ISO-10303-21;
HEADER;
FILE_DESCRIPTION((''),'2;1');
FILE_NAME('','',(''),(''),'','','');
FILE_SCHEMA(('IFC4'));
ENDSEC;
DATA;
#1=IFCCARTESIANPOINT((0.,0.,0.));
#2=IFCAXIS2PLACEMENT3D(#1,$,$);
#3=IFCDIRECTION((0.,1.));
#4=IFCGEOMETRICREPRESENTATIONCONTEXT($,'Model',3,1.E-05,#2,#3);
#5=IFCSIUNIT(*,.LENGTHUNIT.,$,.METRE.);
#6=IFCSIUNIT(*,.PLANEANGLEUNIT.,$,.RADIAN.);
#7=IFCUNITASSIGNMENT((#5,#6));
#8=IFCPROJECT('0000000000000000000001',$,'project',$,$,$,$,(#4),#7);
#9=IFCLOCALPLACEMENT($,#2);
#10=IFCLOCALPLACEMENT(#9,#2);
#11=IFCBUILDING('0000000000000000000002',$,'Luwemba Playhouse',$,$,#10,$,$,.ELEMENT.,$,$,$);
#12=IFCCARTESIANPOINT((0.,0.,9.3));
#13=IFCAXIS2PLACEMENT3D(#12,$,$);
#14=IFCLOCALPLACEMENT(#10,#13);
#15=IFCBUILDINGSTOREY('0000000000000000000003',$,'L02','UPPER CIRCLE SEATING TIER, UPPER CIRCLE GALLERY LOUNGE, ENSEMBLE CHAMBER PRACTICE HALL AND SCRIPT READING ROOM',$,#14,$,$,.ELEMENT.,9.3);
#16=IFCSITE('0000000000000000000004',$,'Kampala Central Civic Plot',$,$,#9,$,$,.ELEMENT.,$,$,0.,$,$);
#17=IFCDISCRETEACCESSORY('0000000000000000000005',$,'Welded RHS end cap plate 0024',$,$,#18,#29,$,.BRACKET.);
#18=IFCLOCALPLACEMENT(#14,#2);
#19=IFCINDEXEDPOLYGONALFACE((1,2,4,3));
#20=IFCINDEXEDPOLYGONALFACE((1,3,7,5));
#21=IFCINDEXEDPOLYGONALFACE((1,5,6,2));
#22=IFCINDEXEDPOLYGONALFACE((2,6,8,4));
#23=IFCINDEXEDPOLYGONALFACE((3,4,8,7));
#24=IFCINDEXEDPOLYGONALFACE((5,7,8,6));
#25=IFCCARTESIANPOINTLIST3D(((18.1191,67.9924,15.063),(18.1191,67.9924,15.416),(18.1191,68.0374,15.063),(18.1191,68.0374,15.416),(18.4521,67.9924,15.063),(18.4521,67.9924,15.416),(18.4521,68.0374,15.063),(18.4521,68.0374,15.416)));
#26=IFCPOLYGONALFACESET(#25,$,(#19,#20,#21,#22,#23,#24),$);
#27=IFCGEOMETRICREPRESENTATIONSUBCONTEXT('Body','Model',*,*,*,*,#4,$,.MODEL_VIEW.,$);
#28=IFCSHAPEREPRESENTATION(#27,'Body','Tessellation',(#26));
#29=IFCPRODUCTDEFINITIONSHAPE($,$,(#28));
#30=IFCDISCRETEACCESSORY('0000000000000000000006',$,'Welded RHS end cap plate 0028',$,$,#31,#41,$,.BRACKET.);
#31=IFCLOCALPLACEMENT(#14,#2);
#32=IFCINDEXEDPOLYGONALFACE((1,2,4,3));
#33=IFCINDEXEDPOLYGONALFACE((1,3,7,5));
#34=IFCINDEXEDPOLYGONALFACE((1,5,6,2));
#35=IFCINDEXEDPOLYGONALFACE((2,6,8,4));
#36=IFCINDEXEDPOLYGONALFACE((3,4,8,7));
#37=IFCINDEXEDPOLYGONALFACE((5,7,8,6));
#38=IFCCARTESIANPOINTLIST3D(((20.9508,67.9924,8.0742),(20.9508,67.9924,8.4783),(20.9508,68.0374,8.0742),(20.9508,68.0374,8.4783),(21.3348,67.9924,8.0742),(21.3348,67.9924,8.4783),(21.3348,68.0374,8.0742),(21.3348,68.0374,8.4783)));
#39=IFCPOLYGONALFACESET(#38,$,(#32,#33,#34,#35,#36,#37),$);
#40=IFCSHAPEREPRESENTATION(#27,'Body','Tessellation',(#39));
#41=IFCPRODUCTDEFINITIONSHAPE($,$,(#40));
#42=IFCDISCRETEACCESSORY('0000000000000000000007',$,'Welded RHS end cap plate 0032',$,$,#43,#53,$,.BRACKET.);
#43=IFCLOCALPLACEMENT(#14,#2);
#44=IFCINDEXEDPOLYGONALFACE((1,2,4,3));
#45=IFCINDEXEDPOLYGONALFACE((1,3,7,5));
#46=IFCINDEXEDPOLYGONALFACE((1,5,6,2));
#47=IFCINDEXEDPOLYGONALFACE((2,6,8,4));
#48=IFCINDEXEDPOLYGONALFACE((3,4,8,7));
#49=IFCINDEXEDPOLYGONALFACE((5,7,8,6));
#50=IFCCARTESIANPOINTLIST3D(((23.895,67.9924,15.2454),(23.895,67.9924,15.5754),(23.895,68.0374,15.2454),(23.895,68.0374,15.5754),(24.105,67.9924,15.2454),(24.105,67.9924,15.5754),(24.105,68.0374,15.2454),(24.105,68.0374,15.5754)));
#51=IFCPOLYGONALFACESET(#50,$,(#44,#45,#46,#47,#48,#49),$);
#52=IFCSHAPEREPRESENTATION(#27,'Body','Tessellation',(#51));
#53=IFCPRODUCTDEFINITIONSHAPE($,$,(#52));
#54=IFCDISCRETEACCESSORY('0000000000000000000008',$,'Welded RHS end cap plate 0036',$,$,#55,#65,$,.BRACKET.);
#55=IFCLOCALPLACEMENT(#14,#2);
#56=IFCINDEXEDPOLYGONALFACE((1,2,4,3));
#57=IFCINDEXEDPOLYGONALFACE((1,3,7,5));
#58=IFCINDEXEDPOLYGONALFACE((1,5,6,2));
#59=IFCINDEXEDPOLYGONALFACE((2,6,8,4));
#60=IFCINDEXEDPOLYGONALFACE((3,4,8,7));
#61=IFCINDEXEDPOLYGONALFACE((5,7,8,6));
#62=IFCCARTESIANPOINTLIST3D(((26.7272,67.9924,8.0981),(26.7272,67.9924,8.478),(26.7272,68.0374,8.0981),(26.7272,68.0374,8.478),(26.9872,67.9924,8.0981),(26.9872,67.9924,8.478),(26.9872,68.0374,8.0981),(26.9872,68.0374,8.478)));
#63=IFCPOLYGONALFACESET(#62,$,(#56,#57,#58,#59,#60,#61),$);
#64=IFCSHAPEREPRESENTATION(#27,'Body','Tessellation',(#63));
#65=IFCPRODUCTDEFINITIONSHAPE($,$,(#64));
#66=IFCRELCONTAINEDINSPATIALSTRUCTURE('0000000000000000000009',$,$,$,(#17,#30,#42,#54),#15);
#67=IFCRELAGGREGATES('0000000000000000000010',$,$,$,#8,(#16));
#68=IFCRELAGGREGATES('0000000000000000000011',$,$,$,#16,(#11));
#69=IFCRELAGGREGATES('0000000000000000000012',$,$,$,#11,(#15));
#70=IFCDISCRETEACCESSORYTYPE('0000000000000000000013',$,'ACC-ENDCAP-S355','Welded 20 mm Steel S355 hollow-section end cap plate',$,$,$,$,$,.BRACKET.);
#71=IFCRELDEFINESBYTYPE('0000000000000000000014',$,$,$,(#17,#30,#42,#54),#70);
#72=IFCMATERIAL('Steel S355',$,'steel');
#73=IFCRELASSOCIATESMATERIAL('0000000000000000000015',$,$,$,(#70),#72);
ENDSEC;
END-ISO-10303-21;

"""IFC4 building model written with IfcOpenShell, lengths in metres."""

from ifc_helpers import new_model, si_unit, direction, frame, origin, origin_2d, place, context, subcontext, project, spatial, rectangle, extrude, material, type_object, element, save


model = new_model("IFC4")

# Units and contexts
model_context = context("Model", 3, precision=1e-05, world=origin(), true_north=direction((0.0, 1.0)))
body_context = subcontext(model_context, "Body", "Model", "MODEL_VIEW")
ifc_project = project(units=[si_unit("LENGTHUNIT", "METRE"), si_unit("PLANEANGLEUNIT", "RADIAN")], contexts=[model_context])

# Site, building, storey
site_placement = place(None, origin())
site = spatial("IfcSite", under=ifc_project, at=site_placement, Name="Kampala Central Civic Plot", CompositionType="ELEMENT", RefElevation=0.0)
building_placement = place(site_placement, origin())
building = spatial("IfcBuilding", under=site, at=building_placement, Name="Luwemba Playhouse", CompositionType="ELEMENT")
storey_placement = place(building_placement, frame((0.0, 0.0, 9.3)))
storey = spatial("IfcBuildingStorey", under=building, at=storey_placement, Name="L02", Description="UPPER CIRCLE SEATING TIER, UPPER CIRCLE GALLERY LOUNGE, ENSEMBLE CHAMBER PRACTICE HALL AND SCRIPT READING ROOM", CompositionType="ELEMENT", Elevation=9.3)

# Shared definitions
ifc_material_1 = material(Name="Steel S355", Category="steel")

# Discrete accessories
discrete_accessory_type = type_object("IfcDiscreteAccessoryType", Name="ACC-ENDCAP-S355", Description="Welded 20 mm Steel S355 hollow-section end cap plate", PredefinedType="BRACKET", material=ifc_material_1)
discrete_accessory_1_placement = place(storey_placement, frame((18.2856, 68.0149, 15.063), z_axis=(0.0, 0.0, 1.0), x_axis=(1.0, 0.0, 0.0)))
element("IfcDiscreteAccessory", 1, at=discrete_accessory_1_placement, inside=storey, type_object=discrete_accessory_type, Name="Welded RHS end cap plate 0024", PredefinedType="BRACKET", context=body_context, shape_type="SweptSolid", body=[
    extrude(rectangle(XDim=0.333, YDim=0.0449, at=origin_2d()), origin(), (0.0, 0.0, 1.0), 0.353),
])
discrete_accessory_2_placement = place(storey_placement, frame((21.1428, 68.0149, 8.0742), z_axis=(0.0, 0.0, 1.0), x_axis=(1.0, 0.0, 0.0)))
element("IfcDiscreteAccessory", 2, at=discrete_accessory_2_placement, inside=storey, type_object=discrete_accessory_type, Name="Welded RHS end cap plate 0028", PredefinedType="BRACKET", context=body_context, shape_type="SweptSolid", body=[
    extrude(rectangle(XDim=0.384, YDim=0.0449, at=origin_2d()), origin(), (0.0, 0.0, 1.0), 0.4041),
])
discrete_accessory_3_placement = place(storey_placement, frame((24.0, 68.0149, 15.2454), z_axis=(0.0, 0.0, 1.0), x_axis=(1.0, 0.0, 0.0)))
element("IfcDiscreteAccessory", 3, at=discrete_accessory_3_placement, inside=storey, type_object=discrete_accessory_type, Name="Welded RHS end cap plate 0032", PredefinedType="BRACKET", context=body_context, shape_type="SweptSolid", body=[
    extrude(rectangle(XDim=0.21, YDim=0.0449, at=origin_2d()), origin(), (0.0, 0.0, 1.0), 0.3301),
])
discrete_accessory_4_placement = place(storey_placement, frame((26.8572, 68.0149, 8.0981), z_axis=(0.0, 0.0, 1.0), x_axis=(1.0, 0.0, 0.0)))
element("IfcDiscreteAccessory", 4, at=discrete_accessory_4_placement, inside=storey, type_object=discrete_accessory_type, Name="Welded RHS end cap plate 0036", PredefinedType="BRACKET", context=body_context, shape_type="SweptSolid", body=[
    extrude(rectangle(XDim=0.26, YDim=0.0449, at=origin_2d()), origin(), (0.0, 0.0, 1.0), 0.3799),
])

save(model, "model.ifc")
